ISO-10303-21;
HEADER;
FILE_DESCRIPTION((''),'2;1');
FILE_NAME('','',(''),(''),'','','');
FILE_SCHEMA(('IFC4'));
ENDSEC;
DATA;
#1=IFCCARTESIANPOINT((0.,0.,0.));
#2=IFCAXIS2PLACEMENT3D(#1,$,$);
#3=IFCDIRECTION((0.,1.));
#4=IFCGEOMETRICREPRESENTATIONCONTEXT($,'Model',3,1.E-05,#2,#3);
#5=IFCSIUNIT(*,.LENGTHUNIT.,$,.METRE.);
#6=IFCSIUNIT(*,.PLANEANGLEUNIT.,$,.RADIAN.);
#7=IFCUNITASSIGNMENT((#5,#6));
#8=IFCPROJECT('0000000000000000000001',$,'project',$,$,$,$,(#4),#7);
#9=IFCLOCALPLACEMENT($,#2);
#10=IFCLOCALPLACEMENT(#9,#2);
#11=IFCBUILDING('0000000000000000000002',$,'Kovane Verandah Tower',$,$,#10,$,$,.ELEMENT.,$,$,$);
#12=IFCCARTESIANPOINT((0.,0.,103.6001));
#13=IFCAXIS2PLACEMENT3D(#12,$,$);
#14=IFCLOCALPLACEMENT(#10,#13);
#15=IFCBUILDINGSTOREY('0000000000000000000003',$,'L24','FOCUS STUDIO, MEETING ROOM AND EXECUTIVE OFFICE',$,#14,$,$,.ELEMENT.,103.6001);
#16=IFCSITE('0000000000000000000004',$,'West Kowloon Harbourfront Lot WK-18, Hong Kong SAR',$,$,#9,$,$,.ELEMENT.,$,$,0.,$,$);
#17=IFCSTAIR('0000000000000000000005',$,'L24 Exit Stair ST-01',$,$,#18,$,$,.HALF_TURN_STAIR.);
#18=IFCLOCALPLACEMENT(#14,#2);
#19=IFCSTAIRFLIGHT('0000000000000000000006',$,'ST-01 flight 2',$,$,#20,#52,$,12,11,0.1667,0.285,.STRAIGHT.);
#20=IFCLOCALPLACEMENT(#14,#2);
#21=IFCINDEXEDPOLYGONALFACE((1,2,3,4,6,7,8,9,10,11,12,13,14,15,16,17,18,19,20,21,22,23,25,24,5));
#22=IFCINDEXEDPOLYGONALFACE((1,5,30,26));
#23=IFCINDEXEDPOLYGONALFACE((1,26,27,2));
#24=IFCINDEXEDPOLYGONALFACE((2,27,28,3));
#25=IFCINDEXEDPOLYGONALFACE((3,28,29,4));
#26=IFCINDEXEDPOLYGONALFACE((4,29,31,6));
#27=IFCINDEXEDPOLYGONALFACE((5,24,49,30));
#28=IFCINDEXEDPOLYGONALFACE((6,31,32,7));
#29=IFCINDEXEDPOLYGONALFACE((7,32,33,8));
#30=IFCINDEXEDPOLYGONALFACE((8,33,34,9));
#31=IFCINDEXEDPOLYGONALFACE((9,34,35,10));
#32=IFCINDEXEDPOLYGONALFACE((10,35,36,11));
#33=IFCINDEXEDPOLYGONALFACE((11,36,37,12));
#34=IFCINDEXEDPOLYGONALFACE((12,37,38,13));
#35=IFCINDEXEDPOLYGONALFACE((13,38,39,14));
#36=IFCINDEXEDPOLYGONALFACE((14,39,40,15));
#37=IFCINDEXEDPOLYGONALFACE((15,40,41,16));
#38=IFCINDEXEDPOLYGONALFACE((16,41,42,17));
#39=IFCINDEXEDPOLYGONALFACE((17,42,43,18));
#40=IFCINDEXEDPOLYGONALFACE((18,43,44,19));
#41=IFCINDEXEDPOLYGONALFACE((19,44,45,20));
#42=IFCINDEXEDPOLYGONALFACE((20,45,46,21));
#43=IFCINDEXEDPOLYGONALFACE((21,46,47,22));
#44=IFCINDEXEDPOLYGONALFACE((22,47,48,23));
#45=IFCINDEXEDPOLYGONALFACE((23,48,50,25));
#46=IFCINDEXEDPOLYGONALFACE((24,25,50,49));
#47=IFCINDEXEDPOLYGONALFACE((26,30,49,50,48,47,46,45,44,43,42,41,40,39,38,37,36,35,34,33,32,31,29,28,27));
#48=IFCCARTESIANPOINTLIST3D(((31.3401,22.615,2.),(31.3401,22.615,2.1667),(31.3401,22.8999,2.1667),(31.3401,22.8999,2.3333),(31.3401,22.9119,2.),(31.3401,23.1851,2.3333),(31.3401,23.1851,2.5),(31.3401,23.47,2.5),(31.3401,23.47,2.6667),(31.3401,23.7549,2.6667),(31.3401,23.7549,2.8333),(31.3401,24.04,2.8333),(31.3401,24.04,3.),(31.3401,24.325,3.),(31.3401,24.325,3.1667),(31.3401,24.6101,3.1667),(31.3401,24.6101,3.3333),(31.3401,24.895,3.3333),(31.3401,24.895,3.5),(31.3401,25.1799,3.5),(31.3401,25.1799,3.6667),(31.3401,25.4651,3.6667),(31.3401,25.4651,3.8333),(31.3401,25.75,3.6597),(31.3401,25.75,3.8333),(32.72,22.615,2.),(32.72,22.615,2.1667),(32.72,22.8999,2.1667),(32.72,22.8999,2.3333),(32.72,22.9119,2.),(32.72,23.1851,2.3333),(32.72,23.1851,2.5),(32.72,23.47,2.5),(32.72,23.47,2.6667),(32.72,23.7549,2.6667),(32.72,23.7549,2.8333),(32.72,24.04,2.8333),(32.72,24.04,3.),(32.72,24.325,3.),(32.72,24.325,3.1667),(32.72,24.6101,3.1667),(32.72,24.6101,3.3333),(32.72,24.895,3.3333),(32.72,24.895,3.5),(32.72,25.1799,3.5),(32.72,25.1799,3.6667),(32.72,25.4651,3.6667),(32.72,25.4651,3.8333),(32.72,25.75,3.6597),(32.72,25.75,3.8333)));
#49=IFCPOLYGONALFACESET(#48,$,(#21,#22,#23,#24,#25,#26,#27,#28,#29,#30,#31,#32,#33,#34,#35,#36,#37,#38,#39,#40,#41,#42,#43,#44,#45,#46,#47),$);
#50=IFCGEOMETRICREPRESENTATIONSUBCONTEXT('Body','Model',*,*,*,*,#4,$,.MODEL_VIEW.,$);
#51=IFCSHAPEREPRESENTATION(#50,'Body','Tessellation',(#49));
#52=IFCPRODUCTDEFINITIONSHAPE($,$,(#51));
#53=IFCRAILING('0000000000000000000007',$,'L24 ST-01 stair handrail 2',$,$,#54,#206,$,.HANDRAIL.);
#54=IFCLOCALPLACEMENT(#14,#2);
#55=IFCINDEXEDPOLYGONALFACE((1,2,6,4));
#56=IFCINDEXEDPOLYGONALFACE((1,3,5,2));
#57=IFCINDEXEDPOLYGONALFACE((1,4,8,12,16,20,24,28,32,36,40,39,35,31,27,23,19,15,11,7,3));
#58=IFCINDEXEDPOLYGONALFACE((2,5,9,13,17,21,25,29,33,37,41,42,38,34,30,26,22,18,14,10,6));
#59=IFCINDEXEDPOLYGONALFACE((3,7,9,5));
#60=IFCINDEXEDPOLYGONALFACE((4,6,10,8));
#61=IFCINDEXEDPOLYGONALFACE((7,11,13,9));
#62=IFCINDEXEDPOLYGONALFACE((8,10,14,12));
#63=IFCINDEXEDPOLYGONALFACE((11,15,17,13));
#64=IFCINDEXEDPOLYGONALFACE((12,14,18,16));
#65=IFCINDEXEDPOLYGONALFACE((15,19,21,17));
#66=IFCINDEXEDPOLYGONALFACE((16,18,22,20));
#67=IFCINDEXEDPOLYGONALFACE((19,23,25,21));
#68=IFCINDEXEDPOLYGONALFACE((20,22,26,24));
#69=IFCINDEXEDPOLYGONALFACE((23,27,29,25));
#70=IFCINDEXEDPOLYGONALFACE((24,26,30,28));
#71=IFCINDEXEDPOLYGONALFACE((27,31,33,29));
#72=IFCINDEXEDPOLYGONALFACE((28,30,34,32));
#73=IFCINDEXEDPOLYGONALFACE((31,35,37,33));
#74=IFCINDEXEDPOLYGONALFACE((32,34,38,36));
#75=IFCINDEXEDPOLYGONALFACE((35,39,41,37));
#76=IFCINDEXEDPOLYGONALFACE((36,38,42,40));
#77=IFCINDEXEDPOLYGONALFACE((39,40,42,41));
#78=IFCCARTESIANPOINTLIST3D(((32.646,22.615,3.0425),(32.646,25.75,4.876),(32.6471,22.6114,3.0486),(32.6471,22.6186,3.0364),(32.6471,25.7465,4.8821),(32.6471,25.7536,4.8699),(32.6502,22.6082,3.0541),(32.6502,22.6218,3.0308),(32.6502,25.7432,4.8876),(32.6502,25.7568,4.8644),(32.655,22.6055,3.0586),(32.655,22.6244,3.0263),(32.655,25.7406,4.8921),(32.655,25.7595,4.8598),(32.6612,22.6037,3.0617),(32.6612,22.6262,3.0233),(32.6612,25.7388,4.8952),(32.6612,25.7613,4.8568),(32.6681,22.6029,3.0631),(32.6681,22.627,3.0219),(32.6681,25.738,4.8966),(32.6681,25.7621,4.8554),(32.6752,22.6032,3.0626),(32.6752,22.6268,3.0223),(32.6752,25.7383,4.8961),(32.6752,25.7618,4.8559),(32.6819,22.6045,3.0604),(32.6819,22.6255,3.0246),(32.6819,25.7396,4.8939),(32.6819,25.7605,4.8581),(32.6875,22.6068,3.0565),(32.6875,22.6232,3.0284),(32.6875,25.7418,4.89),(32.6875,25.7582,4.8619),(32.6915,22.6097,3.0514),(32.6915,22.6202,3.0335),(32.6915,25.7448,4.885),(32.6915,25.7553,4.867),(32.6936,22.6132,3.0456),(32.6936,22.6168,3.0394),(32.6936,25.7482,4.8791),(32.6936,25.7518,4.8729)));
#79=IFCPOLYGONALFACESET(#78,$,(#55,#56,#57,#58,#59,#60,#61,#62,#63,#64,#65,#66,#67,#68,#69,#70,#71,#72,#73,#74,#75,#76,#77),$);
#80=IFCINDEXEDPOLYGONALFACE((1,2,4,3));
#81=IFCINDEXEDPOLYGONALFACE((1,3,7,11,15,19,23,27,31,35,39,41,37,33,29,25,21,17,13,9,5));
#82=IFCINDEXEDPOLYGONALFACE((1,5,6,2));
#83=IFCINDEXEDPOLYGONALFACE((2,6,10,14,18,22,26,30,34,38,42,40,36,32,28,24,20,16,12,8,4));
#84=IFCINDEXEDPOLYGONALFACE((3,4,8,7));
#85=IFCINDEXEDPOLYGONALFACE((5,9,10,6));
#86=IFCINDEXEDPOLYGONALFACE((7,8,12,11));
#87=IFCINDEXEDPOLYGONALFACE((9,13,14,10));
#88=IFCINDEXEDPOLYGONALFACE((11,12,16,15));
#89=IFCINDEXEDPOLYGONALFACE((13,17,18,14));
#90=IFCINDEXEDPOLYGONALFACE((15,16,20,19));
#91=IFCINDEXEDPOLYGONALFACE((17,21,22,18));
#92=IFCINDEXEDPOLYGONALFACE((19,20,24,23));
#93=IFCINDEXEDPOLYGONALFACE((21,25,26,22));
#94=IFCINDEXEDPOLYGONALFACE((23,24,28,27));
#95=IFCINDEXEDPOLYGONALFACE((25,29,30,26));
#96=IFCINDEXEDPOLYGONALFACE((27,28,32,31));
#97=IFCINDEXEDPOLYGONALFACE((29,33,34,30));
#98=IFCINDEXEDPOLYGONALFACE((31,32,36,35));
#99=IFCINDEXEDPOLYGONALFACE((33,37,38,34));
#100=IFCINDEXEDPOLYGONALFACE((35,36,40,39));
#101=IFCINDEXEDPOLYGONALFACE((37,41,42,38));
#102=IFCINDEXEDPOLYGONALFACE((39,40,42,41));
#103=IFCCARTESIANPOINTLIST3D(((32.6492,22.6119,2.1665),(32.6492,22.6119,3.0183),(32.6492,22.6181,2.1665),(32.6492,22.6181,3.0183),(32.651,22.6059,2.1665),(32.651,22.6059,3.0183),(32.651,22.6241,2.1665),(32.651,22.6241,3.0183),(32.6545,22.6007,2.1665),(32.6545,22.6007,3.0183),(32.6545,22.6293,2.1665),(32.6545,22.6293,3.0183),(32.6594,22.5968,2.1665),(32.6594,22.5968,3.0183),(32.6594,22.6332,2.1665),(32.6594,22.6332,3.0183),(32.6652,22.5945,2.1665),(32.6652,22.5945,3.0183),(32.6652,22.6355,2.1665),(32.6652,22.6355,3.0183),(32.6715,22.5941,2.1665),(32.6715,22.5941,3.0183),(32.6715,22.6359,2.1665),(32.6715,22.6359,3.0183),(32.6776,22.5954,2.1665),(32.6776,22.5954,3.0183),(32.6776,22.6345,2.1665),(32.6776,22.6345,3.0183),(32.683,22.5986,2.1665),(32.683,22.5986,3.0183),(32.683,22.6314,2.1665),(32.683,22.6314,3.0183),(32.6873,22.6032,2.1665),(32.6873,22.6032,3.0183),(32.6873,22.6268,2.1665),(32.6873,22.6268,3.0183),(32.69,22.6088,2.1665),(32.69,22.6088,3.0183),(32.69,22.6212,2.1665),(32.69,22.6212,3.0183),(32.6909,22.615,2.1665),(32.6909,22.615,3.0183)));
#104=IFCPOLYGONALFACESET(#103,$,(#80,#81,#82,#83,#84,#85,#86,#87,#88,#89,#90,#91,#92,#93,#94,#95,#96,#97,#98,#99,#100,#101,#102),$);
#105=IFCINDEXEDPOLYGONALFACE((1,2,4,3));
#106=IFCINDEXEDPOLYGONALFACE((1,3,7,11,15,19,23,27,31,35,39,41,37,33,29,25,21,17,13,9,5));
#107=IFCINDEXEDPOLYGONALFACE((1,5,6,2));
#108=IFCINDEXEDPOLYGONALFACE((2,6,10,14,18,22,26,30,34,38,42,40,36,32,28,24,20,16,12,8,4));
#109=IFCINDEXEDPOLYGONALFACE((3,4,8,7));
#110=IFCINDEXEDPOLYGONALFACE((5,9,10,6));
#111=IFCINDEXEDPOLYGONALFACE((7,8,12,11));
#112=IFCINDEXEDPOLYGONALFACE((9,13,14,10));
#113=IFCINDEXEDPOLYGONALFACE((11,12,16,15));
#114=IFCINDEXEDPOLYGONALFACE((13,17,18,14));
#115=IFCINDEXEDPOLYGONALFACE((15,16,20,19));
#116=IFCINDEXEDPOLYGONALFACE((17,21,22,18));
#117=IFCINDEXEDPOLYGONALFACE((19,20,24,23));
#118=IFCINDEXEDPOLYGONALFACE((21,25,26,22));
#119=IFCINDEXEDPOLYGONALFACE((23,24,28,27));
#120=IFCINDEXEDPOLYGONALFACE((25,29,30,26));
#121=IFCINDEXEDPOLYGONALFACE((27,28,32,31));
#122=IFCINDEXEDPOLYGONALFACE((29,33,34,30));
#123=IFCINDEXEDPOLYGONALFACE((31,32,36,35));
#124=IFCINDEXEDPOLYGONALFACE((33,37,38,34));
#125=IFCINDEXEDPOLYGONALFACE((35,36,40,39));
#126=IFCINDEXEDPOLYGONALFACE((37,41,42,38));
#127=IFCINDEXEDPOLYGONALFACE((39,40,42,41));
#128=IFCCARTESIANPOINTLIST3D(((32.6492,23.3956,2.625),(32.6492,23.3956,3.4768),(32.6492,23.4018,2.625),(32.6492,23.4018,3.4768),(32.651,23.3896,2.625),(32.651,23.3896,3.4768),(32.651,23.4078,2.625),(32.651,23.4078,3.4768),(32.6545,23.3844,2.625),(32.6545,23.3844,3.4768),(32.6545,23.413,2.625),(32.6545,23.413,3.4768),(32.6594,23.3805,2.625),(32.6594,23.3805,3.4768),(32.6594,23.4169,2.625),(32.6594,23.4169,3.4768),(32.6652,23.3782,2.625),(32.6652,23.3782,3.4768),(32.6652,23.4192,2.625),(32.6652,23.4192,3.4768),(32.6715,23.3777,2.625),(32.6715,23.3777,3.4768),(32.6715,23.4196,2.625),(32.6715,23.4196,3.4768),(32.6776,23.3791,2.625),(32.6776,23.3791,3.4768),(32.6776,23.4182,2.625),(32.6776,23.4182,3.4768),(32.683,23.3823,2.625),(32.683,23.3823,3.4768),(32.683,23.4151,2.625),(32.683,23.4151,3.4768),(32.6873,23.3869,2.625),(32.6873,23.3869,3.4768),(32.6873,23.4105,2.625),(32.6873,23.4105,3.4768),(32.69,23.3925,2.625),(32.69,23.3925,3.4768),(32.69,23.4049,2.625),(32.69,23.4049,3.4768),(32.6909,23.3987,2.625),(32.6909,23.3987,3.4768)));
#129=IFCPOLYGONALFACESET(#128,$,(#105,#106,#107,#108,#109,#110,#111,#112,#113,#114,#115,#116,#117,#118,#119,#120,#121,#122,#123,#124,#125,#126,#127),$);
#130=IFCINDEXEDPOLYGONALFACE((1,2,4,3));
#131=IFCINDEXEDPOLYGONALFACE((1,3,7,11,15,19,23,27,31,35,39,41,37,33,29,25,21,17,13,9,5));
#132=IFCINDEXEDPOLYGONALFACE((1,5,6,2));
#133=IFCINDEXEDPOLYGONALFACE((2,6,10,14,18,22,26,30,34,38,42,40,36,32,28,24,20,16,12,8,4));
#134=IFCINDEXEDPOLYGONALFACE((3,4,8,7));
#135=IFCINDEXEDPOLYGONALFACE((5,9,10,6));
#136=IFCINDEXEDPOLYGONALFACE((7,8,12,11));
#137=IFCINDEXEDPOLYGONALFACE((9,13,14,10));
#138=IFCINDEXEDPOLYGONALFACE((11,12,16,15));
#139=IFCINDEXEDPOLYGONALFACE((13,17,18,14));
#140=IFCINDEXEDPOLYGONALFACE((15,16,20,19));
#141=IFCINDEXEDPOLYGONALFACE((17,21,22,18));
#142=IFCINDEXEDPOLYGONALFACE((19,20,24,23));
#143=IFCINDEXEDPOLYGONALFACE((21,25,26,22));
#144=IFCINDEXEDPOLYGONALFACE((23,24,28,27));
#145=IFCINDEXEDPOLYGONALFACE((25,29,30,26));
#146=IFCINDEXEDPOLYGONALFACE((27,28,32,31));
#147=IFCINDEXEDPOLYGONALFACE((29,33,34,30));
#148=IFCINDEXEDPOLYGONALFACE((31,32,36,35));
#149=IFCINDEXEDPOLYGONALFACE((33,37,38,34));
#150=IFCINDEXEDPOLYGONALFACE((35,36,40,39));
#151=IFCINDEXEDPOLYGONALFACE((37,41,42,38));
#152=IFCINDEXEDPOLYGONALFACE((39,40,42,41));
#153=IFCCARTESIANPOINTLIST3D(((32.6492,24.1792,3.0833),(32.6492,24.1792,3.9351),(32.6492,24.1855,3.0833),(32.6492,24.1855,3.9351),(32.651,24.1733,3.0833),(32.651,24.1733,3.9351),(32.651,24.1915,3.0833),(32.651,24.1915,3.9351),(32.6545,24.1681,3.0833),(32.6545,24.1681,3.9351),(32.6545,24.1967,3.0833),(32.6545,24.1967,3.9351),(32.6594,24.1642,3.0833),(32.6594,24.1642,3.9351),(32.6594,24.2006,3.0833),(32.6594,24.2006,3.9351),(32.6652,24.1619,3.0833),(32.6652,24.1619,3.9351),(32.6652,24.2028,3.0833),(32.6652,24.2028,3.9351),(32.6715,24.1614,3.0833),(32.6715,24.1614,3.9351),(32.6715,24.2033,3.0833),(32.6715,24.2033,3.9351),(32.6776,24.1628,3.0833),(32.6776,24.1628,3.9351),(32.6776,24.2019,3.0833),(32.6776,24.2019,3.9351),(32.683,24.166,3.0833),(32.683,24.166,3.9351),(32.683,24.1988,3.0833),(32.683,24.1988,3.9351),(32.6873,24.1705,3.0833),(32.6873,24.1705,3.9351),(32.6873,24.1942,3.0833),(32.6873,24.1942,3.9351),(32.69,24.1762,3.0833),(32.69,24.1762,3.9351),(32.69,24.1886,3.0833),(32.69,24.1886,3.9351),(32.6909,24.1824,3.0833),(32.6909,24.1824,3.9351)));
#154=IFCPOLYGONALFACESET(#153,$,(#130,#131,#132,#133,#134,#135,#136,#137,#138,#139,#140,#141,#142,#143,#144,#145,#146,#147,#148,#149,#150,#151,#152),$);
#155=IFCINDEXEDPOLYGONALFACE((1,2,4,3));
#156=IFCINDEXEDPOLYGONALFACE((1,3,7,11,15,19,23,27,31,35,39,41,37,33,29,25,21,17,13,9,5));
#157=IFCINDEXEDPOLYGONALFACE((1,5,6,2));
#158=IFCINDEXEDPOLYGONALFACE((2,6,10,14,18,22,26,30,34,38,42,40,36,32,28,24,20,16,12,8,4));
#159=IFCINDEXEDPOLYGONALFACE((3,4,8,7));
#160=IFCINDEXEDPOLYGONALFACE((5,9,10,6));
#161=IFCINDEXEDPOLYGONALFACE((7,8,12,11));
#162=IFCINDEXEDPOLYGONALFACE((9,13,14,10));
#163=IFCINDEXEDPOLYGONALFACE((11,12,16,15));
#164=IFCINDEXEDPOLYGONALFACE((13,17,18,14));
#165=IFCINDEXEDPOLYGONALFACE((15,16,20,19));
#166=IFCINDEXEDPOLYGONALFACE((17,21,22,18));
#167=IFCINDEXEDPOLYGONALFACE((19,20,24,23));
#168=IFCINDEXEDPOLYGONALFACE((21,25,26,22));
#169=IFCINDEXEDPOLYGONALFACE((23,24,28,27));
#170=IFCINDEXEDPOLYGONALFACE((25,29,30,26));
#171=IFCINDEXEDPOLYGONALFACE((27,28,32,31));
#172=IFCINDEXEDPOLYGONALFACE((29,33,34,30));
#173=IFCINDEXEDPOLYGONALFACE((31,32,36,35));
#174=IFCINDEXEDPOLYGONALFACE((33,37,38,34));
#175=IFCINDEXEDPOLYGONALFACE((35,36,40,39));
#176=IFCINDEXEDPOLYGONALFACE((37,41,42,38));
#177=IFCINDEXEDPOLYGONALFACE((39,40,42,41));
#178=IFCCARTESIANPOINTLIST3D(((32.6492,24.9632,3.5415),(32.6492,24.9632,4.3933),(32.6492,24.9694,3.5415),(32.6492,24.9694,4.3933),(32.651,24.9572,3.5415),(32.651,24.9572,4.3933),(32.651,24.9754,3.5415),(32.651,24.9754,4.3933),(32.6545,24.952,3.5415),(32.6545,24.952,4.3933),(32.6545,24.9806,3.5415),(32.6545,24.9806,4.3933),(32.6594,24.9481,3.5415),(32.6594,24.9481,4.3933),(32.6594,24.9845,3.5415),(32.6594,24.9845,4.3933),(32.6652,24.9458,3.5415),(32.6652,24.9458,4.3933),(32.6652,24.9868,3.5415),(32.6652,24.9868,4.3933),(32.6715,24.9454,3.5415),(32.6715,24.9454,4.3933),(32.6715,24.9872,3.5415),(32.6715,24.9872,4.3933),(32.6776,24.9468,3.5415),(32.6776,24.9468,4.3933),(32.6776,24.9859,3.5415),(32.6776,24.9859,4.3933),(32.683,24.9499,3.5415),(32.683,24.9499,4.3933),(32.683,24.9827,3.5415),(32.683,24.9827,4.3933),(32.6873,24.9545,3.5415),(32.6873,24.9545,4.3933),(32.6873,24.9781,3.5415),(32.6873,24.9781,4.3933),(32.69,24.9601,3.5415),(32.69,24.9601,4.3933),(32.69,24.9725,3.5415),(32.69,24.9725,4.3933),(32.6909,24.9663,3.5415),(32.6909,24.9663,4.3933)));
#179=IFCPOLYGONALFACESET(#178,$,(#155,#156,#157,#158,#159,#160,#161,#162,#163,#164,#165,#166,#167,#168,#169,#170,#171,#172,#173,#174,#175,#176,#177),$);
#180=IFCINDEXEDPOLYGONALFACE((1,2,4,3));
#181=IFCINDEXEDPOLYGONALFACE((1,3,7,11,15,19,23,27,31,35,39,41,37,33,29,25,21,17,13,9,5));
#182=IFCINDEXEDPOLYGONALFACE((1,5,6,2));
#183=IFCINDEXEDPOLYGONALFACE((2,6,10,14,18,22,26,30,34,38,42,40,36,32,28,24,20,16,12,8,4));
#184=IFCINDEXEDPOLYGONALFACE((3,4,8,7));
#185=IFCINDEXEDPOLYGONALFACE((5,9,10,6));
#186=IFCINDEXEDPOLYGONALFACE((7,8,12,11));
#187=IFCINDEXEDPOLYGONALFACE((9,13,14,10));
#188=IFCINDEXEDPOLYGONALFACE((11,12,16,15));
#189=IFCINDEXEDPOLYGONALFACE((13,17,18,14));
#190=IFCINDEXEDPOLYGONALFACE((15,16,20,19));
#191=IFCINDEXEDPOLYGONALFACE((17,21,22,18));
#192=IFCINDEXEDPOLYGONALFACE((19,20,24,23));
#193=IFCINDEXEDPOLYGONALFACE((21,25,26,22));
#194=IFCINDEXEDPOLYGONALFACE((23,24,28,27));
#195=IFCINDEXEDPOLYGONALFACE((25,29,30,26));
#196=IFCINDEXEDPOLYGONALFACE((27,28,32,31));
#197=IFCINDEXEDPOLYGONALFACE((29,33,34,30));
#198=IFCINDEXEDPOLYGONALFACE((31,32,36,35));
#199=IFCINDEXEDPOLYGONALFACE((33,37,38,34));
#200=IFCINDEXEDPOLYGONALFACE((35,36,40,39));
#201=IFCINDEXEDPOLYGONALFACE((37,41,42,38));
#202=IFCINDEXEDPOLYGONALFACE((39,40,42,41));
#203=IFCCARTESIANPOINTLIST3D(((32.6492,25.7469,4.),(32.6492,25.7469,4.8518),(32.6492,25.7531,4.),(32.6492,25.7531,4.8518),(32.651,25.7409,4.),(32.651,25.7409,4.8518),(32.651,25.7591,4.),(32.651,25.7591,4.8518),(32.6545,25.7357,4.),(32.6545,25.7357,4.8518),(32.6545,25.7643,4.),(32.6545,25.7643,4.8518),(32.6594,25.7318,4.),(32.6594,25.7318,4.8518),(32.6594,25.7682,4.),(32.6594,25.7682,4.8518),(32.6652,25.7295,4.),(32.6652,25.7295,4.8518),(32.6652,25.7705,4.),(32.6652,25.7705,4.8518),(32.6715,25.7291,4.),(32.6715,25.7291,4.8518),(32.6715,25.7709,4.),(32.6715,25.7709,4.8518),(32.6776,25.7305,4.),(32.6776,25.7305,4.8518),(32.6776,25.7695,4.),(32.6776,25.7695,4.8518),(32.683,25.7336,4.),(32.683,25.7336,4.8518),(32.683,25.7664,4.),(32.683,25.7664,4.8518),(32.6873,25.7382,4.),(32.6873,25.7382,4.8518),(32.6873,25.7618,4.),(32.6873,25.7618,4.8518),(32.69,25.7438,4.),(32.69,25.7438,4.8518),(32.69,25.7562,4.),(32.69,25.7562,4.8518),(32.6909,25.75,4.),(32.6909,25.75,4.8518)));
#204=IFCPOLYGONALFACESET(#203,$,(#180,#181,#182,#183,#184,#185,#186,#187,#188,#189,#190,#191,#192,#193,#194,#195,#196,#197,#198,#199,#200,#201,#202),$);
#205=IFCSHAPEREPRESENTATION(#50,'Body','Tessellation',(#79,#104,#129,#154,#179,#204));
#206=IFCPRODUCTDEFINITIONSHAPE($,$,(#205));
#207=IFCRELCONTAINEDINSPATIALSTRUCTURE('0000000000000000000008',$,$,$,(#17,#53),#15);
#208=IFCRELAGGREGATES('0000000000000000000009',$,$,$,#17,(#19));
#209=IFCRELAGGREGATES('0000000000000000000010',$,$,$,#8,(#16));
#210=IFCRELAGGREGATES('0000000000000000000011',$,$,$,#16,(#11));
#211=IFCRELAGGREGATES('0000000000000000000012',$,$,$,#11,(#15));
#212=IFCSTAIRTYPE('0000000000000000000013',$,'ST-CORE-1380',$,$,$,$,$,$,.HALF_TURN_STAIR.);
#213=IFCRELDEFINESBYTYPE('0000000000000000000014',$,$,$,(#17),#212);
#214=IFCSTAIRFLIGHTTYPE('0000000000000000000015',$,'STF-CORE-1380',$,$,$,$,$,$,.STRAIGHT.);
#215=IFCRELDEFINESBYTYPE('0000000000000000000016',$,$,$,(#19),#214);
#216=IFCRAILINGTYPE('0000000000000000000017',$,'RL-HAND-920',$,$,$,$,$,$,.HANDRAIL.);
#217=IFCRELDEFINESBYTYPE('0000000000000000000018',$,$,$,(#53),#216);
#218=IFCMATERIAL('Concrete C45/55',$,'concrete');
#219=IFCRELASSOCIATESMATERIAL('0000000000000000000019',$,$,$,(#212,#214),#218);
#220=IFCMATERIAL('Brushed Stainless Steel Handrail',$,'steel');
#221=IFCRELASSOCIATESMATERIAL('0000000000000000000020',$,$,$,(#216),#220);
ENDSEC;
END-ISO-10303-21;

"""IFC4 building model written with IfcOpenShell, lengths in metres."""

from ifc_helpers import new_model, si_unit, direction, frame, origin, origin_2d, place, context, subcontext, project, spatial, polyline, circle, outline, extrude, material, type_object, element, aggregate, save


model = new_model("IFC4")

# Units and contexts
model_context = context("Model", 3, precision=1e-05, world=origin(), true_north=direction((0.0, 1.0)))
body_context = subcontext(model_context, "Body", "Model", "MODEL_VIEW")
ifc_project = project(units=[si_unit("LENGTHUNIT", "METRE"), si_unit("PLANEANGLEUNIT", "RADIAN")], contexts=[model_context])

# Site, building, storey
site_placement = place(None, origin())
site = spatial("IfcSite", under=ifc_project, at=site_placement, Name="West Kowloon Harbourfront Lot WK-18, Hong Kong SAR", CompositionType="ELEMENT", RefElevation=0.0)
building_placement = place(site_placement, origin())
building = spatial("IfcBuilding", under=site, at=building_placement, Name="Kovane Verandah Tower", CompositionType="ELEMENT")
storey_placement = place(building_placement, frame((0.0, 0.0, 103.6001)))
storey = spatial("IfcBuildingStorey", under=building, at=storey_placement, Name="L24", Description="FOCUS STUDIO, MEETING ROOM AND EXECUTIVE OFFICE", CompositionType="ELEMENT", Elevation=103.6001)

# Stair, stair flight
ifc_material_1 = material(Name="Concrete C45/55", Category="concrete")
stair_type = type_object("IfcStairType", Name="ST-CORE-1380", PredefinedType="HALF_TURN_STAIR", material=ifc_material_1)
stair_placement = place(storey_placement, origin())
stair = element("IfcStair", 1, at=stair_placement, inside=storey, type_object=stair_type, Name="L24 Exit Stair ST-01", PredefinedType="HALF_TURN_STAIR")
stair_flight_type = type_object("IfcStairFlightType", Name="STF-CORE-1380", PredefinedType="STRAIGHT", material=ifc_material_1)
stair_flight_placement = place(storey_placement, frame((32.03, 22.615, 2.0), z_axis=(0.0, 0.0, 1.0), x_axis=(0.0, 1.0, 0.0)))
stair_flight = element("IfcStairFlight", 2, at=stair_flight_placement, type_object=stair_flight_type, Name="ST-01 flight 2", NumberOfRisers=12, NumberOfTreads=11, PredefinedType="STRAIGHT", RiserHeight=0.1667, TreadLength=0.285, context=body_context, shape_type="SweptSolid", body=[
    extrude(outline(polyline([(0.0, 0.0), (0.0, 0.1667), (0.2849, 0.1667), (0.2849, 0.3333), (0.5701, 0.3333), (0.5701, 0.5), (0.855, 0.5), (0.855, 0.6667), (1.1399, 0.6667), (1.1399, 0.8333), (1.425, 0.8333), (1.425, 1.0), (1.71, 1.0), (1.71, 1.1667), (1.9951, 1.1667), (1.9951, 1.3333), (2.28, 1.3333), (2.28, 1.5), (2.5649, 1.5), (2.5649, 1.6667), (2.8501, 1.6667), (2.8501, 1.8333), (3.135, 1.8333), (3.135, 2.0), (3.135, 1.6597), (0.2969, 0.0), (0.0, 0.0)])), frame((0.0, 0.6899, 0.0), z_axis=(0.0, -1.0, 0.0), x_axis=(1.0, 0.0, 0.0)), (0.0, 0.0, 1.0), 1.3799),
])
aggregate(stair, [stair_flight])

# Railing
ifc_material_2 = material(Name="Brushed Stainless Steel Handrail", Category="steel")
railing_type_1 = type_object("IfcRailingType", Name="RL-HAND-920", PredefinedType="HANDRAIL", material=ifc_material_2)
railing_1_placement = place(storey_placement, frame((32.6699, 22.615, 2.1665)))
element("IfcRailing", 3, at=railing_1_placement, inside=storey, type_object=railing_type_1, Name="L24 ST-01 stair handrail 2", PredefinedType="HANDRAIL", context=body_context, shape_type="SweptSolid", body=[
    extrude(circle(Radius=0.0239, at=origin_2d()), frame((0.0, 0.0, 0.876), z_axis=(0.0, 0.86321, 0.504845), x_axis=(-1.0, 0.0, 0.0)), (0.0, 0.0, 1.0), 3.6318),
    extrude(circle(Radius=0.021, at=origin_2d()), origin(), (0.0, 0.0, 1.0), 0.8518),
    extrude(circle(Radius=0.021, at=origin_2d()), frame((0.0, 0.7837, 0.4585)), (0.0, 0.0, 1.0), 0.8518),
    extrude(circle(Radius=0.021, at=origin_2d()), frame((0.0, 1.5674, 0.9167)), (0.0, 0.0, 1.0), 0.8518),
    extrude(circle(Radius=0.021, at=origin_2d()), frame((0.0, 2.3513, 1.375)), (0.0, 0.0, 1.0), 0.8518),
    extrude(circle(Radius=0.021, at=origin_2d()), frame((0.0, 3.135, 1.8335)), (0.0, 0.0, 1.0), 0.8518),
])

save(model, "model.ifc")
